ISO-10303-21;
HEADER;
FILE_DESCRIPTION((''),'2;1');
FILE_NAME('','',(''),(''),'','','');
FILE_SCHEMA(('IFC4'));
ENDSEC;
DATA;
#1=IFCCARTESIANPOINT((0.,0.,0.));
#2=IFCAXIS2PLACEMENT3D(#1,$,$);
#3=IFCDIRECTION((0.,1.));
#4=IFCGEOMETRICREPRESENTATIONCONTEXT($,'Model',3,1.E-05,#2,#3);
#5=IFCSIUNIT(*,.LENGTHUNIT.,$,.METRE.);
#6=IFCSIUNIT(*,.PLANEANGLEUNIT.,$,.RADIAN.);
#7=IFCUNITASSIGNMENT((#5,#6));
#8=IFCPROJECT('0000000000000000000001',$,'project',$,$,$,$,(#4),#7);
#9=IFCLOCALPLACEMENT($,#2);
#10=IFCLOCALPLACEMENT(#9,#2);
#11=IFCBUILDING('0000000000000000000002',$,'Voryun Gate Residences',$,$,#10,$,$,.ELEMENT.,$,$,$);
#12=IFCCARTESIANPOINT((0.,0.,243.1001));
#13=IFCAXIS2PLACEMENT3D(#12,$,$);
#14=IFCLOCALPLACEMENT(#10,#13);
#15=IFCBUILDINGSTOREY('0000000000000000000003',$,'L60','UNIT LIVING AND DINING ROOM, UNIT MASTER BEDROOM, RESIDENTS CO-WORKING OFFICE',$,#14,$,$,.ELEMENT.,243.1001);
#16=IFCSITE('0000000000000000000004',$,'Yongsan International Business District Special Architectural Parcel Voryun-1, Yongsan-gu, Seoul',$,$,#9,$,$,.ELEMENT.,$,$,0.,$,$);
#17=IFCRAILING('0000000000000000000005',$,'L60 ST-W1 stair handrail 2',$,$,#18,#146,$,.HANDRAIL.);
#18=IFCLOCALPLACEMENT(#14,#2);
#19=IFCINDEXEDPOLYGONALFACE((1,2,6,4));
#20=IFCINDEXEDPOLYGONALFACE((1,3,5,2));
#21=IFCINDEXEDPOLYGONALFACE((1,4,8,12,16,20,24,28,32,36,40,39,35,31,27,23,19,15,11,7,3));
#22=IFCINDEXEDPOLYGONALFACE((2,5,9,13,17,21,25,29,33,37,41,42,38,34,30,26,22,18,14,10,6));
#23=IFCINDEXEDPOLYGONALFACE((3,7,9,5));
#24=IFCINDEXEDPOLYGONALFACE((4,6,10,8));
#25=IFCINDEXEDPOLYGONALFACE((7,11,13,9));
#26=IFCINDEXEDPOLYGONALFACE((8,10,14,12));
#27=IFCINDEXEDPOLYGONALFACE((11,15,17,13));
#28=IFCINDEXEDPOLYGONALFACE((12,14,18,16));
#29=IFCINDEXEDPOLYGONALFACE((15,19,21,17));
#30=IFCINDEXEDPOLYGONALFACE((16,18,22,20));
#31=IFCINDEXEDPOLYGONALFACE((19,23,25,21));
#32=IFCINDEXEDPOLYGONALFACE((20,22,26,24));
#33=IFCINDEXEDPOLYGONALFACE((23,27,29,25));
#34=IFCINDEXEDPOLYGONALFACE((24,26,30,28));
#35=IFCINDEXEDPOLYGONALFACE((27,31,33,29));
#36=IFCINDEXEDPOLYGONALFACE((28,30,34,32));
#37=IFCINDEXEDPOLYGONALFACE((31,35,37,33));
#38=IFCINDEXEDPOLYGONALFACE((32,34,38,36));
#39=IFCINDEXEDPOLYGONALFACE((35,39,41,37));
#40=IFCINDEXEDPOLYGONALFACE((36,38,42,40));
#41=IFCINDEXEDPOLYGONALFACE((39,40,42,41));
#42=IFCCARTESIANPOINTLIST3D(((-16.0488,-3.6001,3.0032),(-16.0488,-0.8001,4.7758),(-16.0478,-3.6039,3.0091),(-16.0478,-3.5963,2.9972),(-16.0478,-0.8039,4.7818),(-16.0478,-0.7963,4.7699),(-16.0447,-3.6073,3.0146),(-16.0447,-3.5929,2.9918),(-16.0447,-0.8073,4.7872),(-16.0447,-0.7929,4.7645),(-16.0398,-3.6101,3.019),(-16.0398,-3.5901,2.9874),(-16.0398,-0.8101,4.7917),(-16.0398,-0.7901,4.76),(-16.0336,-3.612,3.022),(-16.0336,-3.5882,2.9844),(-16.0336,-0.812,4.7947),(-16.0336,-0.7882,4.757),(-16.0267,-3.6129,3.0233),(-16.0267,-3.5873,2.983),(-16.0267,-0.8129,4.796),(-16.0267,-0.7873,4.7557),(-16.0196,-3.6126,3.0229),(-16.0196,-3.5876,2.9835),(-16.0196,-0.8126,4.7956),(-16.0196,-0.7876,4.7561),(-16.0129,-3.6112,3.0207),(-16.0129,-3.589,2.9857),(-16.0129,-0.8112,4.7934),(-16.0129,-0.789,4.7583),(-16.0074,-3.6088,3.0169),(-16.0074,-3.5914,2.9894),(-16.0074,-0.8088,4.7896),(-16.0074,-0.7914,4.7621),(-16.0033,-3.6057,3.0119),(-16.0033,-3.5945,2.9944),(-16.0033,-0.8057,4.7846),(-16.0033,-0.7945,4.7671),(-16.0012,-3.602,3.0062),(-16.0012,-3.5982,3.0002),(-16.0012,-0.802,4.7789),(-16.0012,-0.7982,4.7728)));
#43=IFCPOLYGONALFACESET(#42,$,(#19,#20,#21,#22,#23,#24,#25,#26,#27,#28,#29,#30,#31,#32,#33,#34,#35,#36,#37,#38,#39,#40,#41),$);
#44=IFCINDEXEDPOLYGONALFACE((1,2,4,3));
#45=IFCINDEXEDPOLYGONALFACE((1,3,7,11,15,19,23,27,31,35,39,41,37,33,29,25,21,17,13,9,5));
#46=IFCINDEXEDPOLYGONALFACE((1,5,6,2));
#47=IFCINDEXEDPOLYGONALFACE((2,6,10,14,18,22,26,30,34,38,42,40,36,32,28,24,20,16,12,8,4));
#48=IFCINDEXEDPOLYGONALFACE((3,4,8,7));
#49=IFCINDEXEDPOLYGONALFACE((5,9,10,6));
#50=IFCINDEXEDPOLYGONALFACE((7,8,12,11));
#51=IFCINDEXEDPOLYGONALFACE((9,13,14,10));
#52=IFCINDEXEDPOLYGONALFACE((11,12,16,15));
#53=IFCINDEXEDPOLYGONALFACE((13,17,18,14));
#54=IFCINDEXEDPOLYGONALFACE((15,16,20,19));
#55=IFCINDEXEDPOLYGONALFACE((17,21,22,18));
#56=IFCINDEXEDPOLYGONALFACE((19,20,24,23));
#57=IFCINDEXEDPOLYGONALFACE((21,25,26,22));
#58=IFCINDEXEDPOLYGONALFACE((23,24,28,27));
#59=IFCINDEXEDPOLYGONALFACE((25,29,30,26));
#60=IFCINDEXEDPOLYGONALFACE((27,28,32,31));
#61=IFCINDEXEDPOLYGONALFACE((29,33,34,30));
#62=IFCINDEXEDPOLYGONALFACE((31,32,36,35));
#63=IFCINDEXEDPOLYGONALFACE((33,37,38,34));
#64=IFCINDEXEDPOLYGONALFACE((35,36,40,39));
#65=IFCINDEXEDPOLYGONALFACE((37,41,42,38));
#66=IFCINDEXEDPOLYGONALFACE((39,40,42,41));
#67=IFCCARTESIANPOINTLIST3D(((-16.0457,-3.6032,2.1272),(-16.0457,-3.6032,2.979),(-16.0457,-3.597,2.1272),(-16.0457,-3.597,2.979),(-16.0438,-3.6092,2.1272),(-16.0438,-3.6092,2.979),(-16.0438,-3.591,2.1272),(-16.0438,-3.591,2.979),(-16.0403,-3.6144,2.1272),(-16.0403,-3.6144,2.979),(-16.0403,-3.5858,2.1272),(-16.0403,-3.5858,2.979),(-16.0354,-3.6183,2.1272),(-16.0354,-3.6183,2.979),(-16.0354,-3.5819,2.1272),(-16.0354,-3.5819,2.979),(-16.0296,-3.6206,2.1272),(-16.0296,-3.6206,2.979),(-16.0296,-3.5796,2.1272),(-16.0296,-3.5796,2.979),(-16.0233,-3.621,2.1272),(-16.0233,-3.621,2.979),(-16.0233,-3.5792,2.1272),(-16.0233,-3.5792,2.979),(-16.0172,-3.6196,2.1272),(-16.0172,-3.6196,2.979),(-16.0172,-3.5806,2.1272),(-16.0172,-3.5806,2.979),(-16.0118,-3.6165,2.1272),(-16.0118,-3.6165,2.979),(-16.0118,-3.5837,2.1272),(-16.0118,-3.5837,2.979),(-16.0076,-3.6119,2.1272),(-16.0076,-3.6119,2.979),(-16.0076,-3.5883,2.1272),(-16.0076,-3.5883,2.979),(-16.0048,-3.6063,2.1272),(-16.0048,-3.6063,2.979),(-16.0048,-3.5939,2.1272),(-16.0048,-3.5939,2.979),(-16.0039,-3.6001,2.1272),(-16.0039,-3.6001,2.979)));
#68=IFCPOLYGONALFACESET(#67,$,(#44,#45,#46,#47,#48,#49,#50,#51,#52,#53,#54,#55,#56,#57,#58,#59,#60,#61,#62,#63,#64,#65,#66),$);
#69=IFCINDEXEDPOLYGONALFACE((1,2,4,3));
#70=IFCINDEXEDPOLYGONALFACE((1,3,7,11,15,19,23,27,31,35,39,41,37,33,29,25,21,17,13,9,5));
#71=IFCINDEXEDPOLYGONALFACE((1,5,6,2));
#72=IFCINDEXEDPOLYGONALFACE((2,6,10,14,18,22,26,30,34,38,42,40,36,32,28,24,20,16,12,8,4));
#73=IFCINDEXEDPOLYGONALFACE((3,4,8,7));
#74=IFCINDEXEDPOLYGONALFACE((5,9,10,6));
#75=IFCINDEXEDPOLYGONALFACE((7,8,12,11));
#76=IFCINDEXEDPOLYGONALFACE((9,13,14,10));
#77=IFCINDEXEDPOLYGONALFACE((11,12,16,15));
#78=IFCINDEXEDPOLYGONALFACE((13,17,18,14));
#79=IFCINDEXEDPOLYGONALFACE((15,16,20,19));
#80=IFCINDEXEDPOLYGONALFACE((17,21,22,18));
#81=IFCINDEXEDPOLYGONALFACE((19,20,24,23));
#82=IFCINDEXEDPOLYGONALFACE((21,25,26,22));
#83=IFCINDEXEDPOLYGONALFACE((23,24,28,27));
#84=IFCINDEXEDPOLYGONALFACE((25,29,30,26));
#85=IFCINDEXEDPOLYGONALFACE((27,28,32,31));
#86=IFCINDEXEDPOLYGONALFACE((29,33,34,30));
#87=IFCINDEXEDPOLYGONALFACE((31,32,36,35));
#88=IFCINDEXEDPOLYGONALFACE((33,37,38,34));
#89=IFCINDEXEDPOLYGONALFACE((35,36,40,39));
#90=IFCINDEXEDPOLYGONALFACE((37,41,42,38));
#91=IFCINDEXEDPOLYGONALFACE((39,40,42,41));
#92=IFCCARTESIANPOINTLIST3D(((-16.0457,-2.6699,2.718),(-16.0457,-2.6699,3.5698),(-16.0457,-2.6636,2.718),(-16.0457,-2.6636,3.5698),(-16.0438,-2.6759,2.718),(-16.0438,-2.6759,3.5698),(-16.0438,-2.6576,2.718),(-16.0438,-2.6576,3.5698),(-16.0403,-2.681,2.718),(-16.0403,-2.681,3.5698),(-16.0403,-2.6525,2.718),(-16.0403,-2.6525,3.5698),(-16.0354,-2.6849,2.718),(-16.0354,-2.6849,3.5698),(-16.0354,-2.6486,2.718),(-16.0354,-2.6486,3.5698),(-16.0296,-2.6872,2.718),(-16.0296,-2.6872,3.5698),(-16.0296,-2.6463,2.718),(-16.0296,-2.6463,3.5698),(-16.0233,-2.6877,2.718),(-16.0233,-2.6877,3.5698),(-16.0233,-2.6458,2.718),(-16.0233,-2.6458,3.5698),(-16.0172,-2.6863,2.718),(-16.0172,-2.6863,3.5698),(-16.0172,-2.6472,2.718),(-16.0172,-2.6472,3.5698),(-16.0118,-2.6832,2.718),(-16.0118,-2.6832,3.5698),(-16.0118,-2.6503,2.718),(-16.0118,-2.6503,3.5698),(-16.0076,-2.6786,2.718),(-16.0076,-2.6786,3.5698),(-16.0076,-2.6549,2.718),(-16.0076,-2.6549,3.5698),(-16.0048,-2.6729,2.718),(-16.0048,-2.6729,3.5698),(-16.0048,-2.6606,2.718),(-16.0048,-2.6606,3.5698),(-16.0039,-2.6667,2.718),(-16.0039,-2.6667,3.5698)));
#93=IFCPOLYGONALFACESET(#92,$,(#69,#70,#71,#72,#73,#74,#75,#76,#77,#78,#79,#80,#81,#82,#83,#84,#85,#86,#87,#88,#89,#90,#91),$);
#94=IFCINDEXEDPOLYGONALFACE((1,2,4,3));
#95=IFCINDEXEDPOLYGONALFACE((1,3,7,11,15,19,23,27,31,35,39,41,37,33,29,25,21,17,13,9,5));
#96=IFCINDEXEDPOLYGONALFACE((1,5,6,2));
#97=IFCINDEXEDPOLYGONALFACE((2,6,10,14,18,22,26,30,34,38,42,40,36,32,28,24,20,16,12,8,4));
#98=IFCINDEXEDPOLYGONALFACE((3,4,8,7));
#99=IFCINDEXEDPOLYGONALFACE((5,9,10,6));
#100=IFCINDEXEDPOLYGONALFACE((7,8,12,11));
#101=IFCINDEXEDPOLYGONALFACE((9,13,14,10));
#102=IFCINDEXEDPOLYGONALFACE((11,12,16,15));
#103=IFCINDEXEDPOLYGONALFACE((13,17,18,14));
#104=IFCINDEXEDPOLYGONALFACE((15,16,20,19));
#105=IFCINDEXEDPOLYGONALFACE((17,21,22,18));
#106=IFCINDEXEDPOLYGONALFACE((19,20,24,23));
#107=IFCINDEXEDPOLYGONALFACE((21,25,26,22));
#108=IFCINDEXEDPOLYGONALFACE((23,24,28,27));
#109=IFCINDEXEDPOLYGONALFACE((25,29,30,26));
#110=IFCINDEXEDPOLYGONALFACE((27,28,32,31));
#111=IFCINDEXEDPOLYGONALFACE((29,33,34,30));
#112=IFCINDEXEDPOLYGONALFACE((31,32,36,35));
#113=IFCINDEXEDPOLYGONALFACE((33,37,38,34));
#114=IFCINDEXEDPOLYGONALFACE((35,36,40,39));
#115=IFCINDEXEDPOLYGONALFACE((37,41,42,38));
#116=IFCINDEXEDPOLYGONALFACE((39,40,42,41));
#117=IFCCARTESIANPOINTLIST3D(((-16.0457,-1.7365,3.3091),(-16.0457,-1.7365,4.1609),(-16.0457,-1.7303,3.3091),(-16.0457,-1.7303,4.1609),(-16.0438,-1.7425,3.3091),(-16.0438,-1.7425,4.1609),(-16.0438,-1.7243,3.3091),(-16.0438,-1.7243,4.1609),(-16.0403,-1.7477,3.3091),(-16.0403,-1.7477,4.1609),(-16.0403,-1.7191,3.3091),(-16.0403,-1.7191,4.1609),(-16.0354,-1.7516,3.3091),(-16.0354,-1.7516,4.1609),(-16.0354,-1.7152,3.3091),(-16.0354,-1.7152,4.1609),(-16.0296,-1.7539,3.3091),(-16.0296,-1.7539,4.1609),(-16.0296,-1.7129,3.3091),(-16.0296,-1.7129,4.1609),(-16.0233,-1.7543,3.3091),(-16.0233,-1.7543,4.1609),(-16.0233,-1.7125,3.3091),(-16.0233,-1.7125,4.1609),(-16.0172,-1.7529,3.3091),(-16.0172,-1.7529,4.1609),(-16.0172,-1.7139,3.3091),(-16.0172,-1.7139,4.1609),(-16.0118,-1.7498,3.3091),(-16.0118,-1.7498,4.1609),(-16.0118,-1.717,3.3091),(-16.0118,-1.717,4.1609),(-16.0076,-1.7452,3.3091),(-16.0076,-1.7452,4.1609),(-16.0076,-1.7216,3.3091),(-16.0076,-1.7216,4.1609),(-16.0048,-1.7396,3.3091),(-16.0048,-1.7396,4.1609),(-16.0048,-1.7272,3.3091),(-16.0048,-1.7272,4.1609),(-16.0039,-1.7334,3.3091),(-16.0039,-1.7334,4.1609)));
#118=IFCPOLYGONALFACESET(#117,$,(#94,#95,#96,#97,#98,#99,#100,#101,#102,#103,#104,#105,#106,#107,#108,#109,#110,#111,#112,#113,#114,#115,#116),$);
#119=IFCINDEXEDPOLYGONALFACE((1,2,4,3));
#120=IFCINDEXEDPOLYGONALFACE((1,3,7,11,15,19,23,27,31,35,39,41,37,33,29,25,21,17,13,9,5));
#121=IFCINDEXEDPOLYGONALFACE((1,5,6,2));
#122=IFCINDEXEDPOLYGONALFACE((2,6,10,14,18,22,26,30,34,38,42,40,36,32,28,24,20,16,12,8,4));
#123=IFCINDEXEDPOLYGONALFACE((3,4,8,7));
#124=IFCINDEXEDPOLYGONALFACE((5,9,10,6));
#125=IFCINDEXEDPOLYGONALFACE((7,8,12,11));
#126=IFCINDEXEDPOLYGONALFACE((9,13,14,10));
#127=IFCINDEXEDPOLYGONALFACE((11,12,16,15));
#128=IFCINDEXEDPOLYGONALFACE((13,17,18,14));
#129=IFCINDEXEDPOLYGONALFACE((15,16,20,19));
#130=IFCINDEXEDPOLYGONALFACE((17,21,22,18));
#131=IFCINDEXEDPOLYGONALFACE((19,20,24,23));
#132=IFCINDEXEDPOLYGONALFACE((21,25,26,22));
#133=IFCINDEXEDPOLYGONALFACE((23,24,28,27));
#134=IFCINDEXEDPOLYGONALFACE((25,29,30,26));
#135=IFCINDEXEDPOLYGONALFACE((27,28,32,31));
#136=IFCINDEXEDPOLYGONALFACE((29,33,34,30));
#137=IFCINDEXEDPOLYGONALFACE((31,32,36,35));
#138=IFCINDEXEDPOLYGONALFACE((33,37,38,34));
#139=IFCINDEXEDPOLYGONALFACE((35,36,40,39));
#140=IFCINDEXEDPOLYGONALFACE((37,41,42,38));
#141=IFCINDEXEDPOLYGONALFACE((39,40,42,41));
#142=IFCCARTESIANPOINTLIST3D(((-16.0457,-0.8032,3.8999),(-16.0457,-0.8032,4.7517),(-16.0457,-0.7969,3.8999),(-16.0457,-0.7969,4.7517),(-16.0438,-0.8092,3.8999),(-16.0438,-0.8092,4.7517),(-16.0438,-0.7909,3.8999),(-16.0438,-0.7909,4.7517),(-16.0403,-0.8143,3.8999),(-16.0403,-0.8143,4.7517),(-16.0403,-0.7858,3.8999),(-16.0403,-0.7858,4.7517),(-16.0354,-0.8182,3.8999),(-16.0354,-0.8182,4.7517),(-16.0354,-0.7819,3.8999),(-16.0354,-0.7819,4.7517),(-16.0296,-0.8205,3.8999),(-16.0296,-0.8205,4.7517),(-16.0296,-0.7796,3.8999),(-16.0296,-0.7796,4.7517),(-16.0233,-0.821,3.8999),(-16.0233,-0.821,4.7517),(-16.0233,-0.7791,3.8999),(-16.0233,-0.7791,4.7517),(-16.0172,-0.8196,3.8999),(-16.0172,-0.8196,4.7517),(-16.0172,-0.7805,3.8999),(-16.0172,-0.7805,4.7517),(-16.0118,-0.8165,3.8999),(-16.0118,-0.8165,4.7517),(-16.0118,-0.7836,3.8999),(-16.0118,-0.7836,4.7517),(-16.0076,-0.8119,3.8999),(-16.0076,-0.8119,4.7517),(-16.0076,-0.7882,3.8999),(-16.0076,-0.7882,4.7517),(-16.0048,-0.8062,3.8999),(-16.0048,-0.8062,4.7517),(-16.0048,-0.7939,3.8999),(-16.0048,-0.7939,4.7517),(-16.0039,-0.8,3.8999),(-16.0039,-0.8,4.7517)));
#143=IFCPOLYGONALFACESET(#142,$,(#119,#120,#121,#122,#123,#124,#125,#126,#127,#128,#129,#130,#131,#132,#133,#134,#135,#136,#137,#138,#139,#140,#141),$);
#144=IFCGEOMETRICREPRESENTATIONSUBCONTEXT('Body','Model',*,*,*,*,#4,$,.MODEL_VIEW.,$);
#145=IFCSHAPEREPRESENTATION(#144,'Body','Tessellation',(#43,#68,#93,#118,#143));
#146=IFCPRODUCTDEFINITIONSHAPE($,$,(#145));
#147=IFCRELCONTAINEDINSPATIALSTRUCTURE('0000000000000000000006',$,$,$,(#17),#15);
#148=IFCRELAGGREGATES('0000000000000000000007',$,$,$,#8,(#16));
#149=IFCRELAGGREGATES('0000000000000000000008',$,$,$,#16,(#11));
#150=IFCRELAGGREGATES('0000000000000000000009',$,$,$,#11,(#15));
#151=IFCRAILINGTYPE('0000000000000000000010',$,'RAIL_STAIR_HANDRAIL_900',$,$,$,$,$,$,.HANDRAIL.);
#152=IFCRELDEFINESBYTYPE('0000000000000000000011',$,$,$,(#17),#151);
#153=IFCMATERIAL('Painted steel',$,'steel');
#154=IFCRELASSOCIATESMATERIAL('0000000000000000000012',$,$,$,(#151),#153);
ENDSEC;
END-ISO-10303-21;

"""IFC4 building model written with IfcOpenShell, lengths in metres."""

from ifc_helpers import new_model, si_unit, direction, frame, origin, origin_2d, place, context, subcontext, project, spatial, circle, extrude, material, type_object, element, save


model = new_model("IFC4")

# Units and contexts
model_context = context("Model", 3, precision=1e-05, world=origin(), true_north=direction((0.0, 1.0)))
body_context = subcontext(model_context, "Body", "Model", "MODEL_VIEW")
ifc_project = project(units=[si_unit("LENGTHUNIT", "METRE"), si_unit("PLANEANGLEUNIT", "RADIAN")], contexts=[model_context])

# Site, building, storey
site_placement = place(None, origin())
site = spatial("IfcSite", under=ifc_project, at=site_placement, Name="Yongsan International Business District Special Architectural Parcel Voryun-1, Yongsan-gu, Seoul", CompositionType="ELEMENT", RefElevation=0.0)
building_placement = place(site_placement, origin())
building = spatial("IfcBuilding", under=site, at=building_placement, Name="Voryun Gate Residences", CompositionType="ELEMENT")
storey_placement = place(building_placement, frame((0.0, 0.0, 243.1001)))
storey = spatial("IfcBuildingStorey", under=building, at=storey_placement, Name="L60", Description="UNIT LIVING AND DINING ROOM, UNIT MASTER BEDROOM, RESIDENTS CO-WORKING OFFICE", CompositionType="ELEMENT", Elevation=243.1001)

# Railing
ifc_material_1 = material(Name="Painted steel", Category="steel")
railing_type_1 = type_object("IfcRailingType", Name="RAIL_STAIR_HANDRAIL_900", PredefinedType="HANDRAIL", material=ifc_material_1)
railing_1_placement = place(storey_placement, frame((-16.0249, -3.6001, 2.1272)))
element("IfcRailing", 1, at=railing_1_placement, inside=storey, type_object=railing_type_1, Name="L60 ST-W1 stair handrail 2", PredefinedType="HANDRAIL", context=body_context, shape_type="SweptSolid", body=[
    extrude(circle(Radius=0.0239, at=origin_2d()), frame((0.0, 0.0, 0.876), z_axis=(0.0, 0.844909, 0.53491), x_axis=(-1.0, 0.0, 0.0)), (0.0, 0.0, 1.0), 3.314),
    extrude(circle(Radius=0.021, at=origin_2d()), origin(), (0.0, 0.0, 1.0), 0.8518),
    extrude(circle(Radius=0.021, at=origin_2d()), frame((0.0, 0.9333, 0.5908)), (0.0, 0.0, 1.0), 0.8518),
    extrude(circle(Radius=0.021, at=origin_2d()), frame((0.0, 1.8667, 1.1819)), (0.0, 0.0, 1.0), 0.8518),
    extrude(circle(Radius=0.021, at=origin_2d()), frame((0.0, 2.8, 1.7727)), (0.0, 0.0, 1.0), 0.8518),
])

save(model, "model.ifc")
